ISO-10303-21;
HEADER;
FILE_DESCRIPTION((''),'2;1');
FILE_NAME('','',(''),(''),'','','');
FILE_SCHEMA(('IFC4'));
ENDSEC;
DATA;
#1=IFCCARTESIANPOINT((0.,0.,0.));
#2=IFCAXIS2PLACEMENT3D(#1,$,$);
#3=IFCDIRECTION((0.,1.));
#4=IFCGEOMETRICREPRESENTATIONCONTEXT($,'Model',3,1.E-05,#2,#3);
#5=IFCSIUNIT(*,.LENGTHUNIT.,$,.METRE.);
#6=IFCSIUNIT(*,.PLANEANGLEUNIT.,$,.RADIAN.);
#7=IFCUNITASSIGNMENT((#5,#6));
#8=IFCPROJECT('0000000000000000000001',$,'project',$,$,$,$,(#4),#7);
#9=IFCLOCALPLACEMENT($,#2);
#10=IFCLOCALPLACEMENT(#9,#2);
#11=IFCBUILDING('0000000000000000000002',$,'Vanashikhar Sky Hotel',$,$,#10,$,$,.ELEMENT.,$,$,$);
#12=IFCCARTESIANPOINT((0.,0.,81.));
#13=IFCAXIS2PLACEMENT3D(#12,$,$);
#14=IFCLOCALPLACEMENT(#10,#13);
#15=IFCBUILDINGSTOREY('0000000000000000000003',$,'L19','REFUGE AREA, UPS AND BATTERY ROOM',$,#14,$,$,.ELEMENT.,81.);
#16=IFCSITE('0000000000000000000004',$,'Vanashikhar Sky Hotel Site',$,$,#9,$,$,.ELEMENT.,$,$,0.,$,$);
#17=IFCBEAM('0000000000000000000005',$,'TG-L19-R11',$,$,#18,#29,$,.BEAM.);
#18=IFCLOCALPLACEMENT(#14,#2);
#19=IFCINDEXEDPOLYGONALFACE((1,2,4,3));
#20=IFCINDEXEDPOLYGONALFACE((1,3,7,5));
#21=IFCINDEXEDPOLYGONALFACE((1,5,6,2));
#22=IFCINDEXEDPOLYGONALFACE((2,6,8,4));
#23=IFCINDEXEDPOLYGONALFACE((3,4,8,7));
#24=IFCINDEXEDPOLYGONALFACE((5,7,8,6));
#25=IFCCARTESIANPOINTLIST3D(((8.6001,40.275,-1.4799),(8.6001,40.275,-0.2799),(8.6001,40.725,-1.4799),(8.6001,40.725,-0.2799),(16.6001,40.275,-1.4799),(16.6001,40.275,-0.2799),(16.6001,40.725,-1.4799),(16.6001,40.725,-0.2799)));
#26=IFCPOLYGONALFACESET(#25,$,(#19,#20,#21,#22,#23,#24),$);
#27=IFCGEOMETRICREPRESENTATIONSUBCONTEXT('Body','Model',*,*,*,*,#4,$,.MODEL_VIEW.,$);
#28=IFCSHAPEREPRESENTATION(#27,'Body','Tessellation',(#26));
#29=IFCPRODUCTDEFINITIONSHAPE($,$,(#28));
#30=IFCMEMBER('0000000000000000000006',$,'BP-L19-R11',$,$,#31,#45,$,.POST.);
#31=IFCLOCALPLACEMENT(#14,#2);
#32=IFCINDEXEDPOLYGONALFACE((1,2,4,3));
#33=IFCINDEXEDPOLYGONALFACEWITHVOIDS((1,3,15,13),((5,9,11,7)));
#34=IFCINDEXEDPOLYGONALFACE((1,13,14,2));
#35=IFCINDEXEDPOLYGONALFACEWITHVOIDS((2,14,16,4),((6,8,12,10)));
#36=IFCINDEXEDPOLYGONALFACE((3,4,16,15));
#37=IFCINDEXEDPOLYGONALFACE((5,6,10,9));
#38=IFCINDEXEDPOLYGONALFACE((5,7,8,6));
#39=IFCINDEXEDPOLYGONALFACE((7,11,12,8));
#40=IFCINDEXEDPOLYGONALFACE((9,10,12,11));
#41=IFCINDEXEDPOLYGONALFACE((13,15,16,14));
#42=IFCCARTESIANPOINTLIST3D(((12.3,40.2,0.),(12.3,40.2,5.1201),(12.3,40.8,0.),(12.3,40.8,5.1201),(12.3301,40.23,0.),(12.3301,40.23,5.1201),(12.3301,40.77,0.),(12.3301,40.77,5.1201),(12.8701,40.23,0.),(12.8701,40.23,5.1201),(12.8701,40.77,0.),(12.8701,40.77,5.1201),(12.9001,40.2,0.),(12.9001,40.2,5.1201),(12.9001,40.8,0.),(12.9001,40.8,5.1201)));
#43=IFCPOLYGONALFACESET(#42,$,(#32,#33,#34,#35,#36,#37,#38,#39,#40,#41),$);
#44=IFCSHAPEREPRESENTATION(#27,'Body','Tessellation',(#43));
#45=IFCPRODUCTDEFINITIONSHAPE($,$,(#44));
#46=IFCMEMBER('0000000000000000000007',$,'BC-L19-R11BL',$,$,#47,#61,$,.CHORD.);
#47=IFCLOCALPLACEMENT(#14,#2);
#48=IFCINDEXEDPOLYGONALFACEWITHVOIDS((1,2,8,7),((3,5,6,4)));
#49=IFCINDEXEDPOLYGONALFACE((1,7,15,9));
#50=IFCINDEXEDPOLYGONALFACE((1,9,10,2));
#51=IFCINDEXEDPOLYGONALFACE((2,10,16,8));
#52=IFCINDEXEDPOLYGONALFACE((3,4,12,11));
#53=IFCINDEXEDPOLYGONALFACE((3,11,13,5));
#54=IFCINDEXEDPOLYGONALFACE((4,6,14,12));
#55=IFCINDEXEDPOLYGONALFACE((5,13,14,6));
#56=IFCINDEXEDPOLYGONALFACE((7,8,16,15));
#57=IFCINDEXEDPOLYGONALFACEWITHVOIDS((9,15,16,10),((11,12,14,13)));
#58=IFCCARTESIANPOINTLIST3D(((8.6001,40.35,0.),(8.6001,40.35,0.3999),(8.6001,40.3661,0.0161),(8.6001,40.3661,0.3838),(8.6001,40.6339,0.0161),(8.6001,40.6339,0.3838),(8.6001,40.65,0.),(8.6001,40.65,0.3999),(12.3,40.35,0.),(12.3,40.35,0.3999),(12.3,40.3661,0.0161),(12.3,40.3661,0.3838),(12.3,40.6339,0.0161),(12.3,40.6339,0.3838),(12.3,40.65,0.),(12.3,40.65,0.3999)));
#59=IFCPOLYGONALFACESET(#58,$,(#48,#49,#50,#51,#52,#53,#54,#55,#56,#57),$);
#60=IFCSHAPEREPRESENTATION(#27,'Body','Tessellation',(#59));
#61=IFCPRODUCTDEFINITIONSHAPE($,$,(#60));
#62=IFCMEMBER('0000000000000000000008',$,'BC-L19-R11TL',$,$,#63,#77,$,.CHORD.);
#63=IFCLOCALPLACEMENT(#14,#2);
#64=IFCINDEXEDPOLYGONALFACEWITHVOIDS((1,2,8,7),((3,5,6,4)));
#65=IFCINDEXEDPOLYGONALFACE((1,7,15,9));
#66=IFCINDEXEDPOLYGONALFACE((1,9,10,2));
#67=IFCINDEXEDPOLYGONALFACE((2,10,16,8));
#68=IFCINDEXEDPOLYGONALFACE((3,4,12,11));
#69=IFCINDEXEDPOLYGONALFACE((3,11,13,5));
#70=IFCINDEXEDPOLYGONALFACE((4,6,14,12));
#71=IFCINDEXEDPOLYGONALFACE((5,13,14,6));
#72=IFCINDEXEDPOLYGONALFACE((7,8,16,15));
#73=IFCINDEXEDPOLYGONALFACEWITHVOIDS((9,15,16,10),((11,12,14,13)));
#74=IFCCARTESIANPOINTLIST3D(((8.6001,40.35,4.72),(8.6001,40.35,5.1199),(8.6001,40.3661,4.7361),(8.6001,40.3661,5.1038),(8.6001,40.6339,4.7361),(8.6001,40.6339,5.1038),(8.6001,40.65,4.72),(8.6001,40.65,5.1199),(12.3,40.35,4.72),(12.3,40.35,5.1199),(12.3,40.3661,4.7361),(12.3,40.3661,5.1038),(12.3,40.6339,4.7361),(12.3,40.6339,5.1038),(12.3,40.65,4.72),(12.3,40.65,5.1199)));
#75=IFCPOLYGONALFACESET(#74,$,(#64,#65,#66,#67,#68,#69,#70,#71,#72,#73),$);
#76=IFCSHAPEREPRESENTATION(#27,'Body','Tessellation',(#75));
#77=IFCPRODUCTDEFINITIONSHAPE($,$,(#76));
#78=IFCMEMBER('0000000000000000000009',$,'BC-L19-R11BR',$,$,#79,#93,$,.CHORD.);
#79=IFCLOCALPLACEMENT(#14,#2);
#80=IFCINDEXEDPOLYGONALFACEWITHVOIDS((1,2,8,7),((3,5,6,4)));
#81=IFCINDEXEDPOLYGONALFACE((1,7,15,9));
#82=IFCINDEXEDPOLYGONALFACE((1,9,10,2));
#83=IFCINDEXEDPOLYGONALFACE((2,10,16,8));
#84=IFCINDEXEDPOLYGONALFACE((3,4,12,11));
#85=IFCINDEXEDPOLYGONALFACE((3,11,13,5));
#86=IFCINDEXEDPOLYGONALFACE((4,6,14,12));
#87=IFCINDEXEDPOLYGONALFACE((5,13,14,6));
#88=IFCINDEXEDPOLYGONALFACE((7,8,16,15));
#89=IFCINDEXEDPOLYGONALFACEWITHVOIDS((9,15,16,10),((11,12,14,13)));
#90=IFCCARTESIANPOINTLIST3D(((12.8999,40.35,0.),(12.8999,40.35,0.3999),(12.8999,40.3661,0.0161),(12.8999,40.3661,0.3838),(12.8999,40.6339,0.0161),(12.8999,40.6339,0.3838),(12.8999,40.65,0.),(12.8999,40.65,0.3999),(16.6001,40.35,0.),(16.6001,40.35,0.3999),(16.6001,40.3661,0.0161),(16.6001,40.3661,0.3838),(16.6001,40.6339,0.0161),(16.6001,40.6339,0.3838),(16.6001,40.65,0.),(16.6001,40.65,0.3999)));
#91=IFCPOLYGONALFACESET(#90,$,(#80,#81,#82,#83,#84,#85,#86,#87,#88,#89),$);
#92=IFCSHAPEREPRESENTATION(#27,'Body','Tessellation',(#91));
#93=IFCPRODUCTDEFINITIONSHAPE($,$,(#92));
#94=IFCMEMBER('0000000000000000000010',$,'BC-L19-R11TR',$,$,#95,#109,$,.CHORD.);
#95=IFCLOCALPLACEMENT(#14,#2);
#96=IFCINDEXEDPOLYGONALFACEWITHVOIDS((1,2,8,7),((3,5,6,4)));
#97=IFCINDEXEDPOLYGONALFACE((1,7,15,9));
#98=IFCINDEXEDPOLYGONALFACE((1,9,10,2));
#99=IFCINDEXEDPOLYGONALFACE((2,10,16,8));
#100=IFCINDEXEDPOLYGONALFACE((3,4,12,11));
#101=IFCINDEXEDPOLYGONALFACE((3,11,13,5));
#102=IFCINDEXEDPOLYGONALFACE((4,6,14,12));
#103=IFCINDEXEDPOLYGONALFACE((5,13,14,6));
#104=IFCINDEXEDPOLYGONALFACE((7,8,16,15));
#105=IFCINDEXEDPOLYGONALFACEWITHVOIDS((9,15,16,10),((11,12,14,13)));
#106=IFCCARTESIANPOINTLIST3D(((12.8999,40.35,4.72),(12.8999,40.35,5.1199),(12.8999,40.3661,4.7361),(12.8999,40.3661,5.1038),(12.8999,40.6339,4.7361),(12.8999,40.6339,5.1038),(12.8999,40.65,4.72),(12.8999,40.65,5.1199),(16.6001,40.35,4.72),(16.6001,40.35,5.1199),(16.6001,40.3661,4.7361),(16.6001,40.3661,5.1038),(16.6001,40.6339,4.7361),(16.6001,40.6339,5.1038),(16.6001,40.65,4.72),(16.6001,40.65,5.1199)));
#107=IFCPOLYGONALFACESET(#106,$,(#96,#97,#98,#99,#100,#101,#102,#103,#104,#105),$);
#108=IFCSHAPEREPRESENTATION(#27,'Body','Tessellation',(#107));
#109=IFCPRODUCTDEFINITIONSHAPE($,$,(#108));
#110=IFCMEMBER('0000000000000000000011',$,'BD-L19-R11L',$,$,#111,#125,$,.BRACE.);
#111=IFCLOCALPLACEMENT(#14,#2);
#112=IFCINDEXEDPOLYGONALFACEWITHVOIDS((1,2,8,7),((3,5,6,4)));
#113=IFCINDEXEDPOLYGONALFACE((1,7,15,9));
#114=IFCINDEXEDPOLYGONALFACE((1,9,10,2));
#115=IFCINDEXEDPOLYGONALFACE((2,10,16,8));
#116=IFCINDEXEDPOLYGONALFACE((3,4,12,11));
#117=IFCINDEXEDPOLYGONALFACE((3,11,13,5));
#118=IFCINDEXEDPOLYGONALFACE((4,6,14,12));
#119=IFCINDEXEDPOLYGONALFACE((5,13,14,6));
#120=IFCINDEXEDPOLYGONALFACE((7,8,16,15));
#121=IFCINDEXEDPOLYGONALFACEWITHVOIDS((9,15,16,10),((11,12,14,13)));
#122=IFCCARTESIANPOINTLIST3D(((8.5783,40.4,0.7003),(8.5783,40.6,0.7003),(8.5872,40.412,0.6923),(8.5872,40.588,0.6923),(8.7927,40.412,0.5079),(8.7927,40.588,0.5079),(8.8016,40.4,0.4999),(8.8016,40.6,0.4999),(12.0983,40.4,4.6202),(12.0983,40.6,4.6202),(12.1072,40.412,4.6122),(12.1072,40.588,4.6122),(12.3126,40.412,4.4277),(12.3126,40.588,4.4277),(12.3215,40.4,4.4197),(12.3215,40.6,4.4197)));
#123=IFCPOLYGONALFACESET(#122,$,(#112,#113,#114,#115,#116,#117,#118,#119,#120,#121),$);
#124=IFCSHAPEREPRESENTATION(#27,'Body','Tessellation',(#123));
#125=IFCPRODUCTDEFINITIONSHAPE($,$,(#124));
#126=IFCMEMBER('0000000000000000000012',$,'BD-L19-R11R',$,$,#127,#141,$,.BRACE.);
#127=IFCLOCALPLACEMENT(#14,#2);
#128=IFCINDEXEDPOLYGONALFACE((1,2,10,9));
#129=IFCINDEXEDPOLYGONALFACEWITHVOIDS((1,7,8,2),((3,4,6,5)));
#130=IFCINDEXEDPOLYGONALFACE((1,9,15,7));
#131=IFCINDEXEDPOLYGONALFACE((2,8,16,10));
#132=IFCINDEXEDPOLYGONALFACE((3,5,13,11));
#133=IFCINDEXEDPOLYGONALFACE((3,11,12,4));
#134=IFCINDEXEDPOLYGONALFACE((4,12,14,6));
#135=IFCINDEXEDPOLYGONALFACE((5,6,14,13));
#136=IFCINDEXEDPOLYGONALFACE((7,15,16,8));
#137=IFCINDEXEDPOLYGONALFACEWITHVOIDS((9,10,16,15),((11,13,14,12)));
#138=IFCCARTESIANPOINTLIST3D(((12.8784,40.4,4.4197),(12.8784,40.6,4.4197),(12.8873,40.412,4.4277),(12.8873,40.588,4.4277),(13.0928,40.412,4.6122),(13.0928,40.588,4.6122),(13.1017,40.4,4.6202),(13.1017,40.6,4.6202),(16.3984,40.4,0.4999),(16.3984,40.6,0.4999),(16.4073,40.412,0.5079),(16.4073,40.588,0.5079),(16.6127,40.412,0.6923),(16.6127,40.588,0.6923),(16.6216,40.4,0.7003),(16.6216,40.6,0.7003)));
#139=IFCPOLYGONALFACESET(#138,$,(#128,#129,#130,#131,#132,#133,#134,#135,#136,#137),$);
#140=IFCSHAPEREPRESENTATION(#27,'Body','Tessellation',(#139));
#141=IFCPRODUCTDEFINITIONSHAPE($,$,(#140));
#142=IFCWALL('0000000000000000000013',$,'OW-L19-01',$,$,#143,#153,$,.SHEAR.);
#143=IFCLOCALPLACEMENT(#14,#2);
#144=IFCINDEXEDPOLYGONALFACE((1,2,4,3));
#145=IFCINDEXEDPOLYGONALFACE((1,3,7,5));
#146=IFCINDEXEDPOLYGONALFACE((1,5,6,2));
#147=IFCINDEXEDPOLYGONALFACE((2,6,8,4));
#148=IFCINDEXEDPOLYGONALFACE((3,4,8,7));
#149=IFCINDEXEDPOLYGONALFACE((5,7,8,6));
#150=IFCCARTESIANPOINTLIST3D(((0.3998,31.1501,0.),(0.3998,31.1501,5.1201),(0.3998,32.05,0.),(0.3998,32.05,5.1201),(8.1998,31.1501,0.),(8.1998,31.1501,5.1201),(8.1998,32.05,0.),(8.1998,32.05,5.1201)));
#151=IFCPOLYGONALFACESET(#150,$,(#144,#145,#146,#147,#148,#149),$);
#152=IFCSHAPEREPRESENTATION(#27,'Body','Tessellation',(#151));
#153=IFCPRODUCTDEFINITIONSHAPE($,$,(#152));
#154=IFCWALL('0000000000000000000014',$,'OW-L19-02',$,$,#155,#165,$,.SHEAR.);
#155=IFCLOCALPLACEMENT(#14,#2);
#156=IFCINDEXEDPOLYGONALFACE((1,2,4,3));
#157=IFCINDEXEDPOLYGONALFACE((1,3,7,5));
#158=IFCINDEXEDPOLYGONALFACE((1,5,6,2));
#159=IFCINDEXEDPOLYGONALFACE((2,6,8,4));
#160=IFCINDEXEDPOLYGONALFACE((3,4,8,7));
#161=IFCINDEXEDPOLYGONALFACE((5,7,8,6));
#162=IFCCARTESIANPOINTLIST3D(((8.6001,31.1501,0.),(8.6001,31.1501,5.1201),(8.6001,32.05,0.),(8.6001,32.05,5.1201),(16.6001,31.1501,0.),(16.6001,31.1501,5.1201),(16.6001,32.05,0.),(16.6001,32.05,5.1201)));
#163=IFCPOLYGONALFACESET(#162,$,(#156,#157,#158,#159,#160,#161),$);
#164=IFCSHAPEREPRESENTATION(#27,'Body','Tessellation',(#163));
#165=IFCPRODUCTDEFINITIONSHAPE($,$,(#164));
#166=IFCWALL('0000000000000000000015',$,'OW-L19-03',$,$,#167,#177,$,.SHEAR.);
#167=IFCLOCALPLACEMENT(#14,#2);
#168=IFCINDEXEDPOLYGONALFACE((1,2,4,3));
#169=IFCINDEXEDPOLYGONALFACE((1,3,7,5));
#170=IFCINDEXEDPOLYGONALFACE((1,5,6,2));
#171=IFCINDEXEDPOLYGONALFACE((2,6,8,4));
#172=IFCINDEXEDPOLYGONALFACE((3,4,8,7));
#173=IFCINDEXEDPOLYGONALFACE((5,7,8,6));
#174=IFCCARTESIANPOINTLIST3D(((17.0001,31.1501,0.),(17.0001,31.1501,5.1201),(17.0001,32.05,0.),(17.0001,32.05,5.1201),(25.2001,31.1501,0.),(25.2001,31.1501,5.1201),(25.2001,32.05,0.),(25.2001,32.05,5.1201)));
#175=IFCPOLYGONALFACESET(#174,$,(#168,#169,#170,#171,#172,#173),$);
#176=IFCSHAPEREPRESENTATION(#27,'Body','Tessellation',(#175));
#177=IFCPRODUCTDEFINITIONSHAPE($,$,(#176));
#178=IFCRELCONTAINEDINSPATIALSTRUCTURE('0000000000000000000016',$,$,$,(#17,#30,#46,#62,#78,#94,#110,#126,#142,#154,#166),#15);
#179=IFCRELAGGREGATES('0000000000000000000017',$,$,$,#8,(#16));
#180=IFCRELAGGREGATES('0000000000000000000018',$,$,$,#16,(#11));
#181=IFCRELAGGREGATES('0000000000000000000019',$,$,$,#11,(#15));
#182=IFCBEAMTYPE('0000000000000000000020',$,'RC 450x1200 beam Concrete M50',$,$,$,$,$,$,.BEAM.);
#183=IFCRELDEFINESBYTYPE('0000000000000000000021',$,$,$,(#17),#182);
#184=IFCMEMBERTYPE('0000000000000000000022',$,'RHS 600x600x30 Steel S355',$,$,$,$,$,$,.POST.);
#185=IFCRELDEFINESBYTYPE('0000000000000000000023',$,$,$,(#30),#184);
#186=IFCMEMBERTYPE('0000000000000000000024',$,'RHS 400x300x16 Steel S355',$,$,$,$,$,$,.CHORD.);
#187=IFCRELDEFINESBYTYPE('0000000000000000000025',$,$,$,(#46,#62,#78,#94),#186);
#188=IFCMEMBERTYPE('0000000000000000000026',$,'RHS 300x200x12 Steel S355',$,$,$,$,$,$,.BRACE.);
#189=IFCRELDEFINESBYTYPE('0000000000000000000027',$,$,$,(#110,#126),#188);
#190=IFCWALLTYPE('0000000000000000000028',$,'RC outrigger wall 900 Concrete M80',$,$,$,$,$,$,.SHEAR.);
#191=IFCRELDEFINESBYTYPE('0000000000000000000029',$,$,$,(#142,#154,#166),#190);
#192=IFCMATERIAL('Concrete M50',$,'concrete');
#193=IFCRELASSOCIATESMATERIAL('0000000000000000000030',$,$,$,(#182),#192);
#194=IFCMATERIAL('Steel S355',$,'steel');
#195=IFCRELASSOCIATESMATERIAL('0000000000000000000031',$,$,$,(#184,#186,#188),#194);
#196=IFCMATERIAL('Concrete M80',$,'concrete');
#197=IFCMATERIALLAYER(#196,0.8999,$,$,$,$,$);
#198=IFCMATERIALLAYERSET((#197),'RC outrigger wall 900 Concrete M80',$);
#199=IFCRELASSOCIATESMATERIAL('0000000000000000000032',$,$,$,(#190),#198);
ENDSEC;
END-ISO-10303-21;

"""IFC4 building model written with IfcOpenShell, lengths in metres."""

from ifc_helpers import new_model, si_unit, direction, frame, frame_2d, origin, origin_2d, place, context, subcontext, project, spatial, rectangle, hollow_rectangle, extrude, source, transform, mapped, material, layer, layer_set, material_profile, profile_set, type_object, element, save


model = new_model("IFC4")

# Units and contexts
model_context = context("Model", 3, precision=1e-05, world=origin(), true_north=direction((0.0, 1.0)))
body_context = subcontext(model_context, "Body", "Model", "MODEL_VIEW")
ifc_project = project(units=[si_unit("LENGTHUNIT", "METRE"), si_unit("PLANEANGLEUNIT", "RADIAN")], contexts=[model_context])

# Site, building, storey
site_placement = place(None, origin())
site = spatial("IfcSite", under=ifc_project, at=site_placement, Name="Vanashikhar Sky Hotel Site", CompositionType="ELEMENT", RefElevation=0.0)
building_placement = place(site_placement, origin())
building = spatial("IfcBuilding", under=site, at=building_placement, Name="Vanashikhar Sky Hotel", CompositionType="ELEMENT")
storey_placement = place(building_placement, frame((0.0, 0.0, 81.0)))
storey = spatial("IfcBuildingStorey", under=building, at=storey_placement, Name="L19", Description="REFUGE AREA, UPS AND BATTERY ROOM", CompositionType="ELEMENT", Elevation=81.0)

# Beam
ifc_material_1 = material(Name="Concrete M50", Category="concrete")
ifc_material_profile_1 = material_profile(ifc_material_1, rectangle(XDim=0.45, YDim=1.2, at=origin_2d()))
ifc_profile_set_1 = profile_set([ifc_material_profile_1], Name="RC 450x1200 beam Concrete M50")
beam_type = type_object("IfcBeamType", Name="RC 450x1200 beam Concrete M50", PredefinedType="BEAM", material=ifc_profile_set_1)
shared_shape_1 = source(origin(), body_context, "Body", "SweptSolid", [
    extrude(rectangle(XDim=0.45, YDim=1.2, at=origin_2d()), origin(), (0.0, 0.0, 1.0), 8.0),
])
beam_placement = place(storey_placement, frame((8.6001, 40.5, -0.8799), z_axis=(1.0, 0.0, 0.0), x_axis=(0.0, 1.0, 0.0)))
element("IfcBeam", 1, at=beam_placement, inside=storey, type_object=beam_type, Name="TG-L19-R11", PredefinedType="BEAM", context=body_context, shape_type="MappedRepresentation", body=[
    mapped(shared_shape_1, transform((0.0, 0.0, 0.0), scale=1.0)),
])

# Members
ifc_material_2 = material(Name="Steel S355", Category="steel")
ifc_material_profile_2 = material_profile(ifc_material_2, hollow_rectangle(XDim=0.6001, YDim=0.6001, WallThickness=0.03, at=origin_2d()))
ifc_profile_set_2 = profile_set([ifc_material_profile_2], Name="RHS 600x600x30 Steel S355")
member_type_1 = type_object("IfcMemberType", Name="RHS 600x600x30 Steel S355", PredefinedType="POST", material=ifc_profile_set_2)
shared_shape_2 = source(origin(), body_context, "Body", "SweptSolid", [
    extrude(hollow_rectangle(XDim=0.6001, YDim=0.6001, WallThickness=0.03, at=origin_2d()), origin(), (0.0, 0.0, 1.0), 5.1201),
])
member_placement = place(storey_placement, frame((12.6001, 40.5, 0.0), z_axis=(0.0, 0.0, 1.0), x_axis=(1.0, 0.0, 0.0)))
element("IfcMember", 2, at=member_placement, inside=storey, type_object=member_type_1, Name="BP-L19-R11", PredefinedType="POST", context=body_context, shape_type="MappedRepresentation", body=[
    mapped(shared_shape_2, transform((0.0, 0.0, 0.0), scale=1.0)),
])
ifc_material_profile_3 = material_profile(ifc_material_2, hollow_rectangle(XDim=0.3, YDim=0.3999, WallThickness=0.0161, at=origin_2d()))
ifc_profile_set_3 = profile_set([ifc_material_profile_3], Name="RHS 400x300x16 Steel S355")
member_type_2 = type_object("IfcMemberType", Name="RHS 400x300x16 Steel S355", PredefinedType="CHORD", material=ifc_profile_set_3)
shared_shape_3 = source(origin(), body_context, "Body", "SweptSolid", [
    extrude(hollow_rectangle(XDim=0.3, YDim=0.3999, WallThickness=0.0161, at=origin_2d()), origin(), (0.0, 0.0, 1.0), 3.7),
])
for number, where, z_axis, x_axis, name in (
    (3, (8.6001, 40.5, 0.2), (1.0, 0.0, 0.0), (0.0, 1.0, 0.0), "BC-L19-R11BL"),
    (4, (8.6001, 40.5, 4.9199), (1.0, 0.0, 0.0), (0.0, 1.0, 0.0), "BC-L19-R11TL"),
):
    element("IfcMember", number, at=place(storey_placement, frame(where, z_axis=z_axis, x_axis=x_axis)), inside=storey, type_object=member_type_2, Name=name, PredefinedType="CHORD", context=body_context, shape_type="MappedRepresentation", body=[
        mapped(shared_shape_3, transform((0.0, 0.0, 0.0), scale=1.0)),
    ])
shared_shape_4 = source(origin(), body_context, "Body", "SweptSolid", [
    extrude(hollow_rectangle(XDim=0.3, YDim=0.3999, WallThickness=0.0161, at=origin_2d()), origin(), (0.0, 0.0, 1.0), 3.7002),
])
for number, where, z_axis, x_axis, name in (
    (5, (12.8999, 40.5, 0.2), (1.0, 0.0, 0.0), (0.0, 1.0, 0.0), "BC-L19-R11BR"),
    (6, (12.8999, 40.5, 4.9199), (1.0, 0.0, 0.0), (0.0, 1.0, 0.0), "BC-L19-R11TR"),
):
    element("IfcMember", number, at=place(storey_placement, frame(where, z_axis=z_axis, x_axis=x_axis)), inside=storey, type_object=member_type_2, Name=name, PredefinedType="CHORD", context=body_context, shape_type="MappedRepresentation", body=[
        mapped(shared_shape_4, transform((0.0, 0.0, 0.0), scale=1.0)),
    ])
ifc_material_profile_4 = material_profile(ifc_material_2, hollow_rectangle(XDim=0.2, YDim=0.3, WallThickness=0.012, at=origin_2d()))
ifc_profile_set_4 = profile_set([ifc_material_profile_4], Name="RHS 300x200x12 Steel S355")
member_type_3 = type_object("IfcMemberType", Name="RHS 300x200x12 Steel S355", PredefinedType="BRACE", material=ifc_profile_set_4)
shared_shape_5 = source(origin(), body_context, "Body", "SweptSolid", [
    extrude(hollow_rectangle(XDim=0.2, YDim=0.3, WallThickness=0.012, at=origin_2d()), origin(), (0.0, 0.0, 1.0), 5.2683),
])
for number, where, z_axis, x_axis, name in (
    (7, (8.6899, 40.5, 0.6001), (0.668135, 0.0, 0.74404), (0.0, 1.0, 0.0), "BD-L19-R11L"),
    (8, (16.51, 40.5, 0.6001), (-0.668135, 0.0, 0.74404), (0.0, -1.0, 0.0), "BD-L19-R11R"),
):
    element("IfcMember", number, at=place(storey_placement, frame(where, z_axis=z_axis, x_axis=x_axis)), inside=storey, type_object=member_type_3, Name=name, PredefinedType="BRACE", context=body_context, shape_type="MappedRepresentation", body=[
        mapped(shared_shape_5, transform((0.0, 0.0, 0.0), scale=1.0)),
    ])

# Walls
ifc_material_3 = material(Name="Concrete M80", Category="concrete")
ifc_layer_1 = layer(ifc_material_3, 0.8999)
ifc_layer_set_1 = layer_set([ifc_layer_1], Name="RC outrigger wall 900 Concrete M80")
wall_type = type_object("IfcWallType", Name="RC outrigger wall 900 Concrete M80", PredefinedType="SHEAR", material=ifc_layer_set_1)
shared_shape_6 = source(origin(), body_context, "Body", "SweptSolid", [
    extrude(rectangle(XDim=7.8, YDim=0.8999, at=frame_2d((3.8999, 0.0))), origin(), (0.0, 0.0, 1.0), 5.1201),
])
wall_1_placement = place(storey_placement, frame((0.3999, 31.6001, 0.0), z_axis=(0.0, 0.0, 1.0), x_axis=(1.0, 0.0, 0.0)))
element("IfcWall", 9, at=wall_1_placement, inside=storey, type_object=wall_type, Name="OW-L19-01", PredefinedType="SHEAR", context=body_context, shape_type="MappedRepresentation", body=[
    mapped(shared_shape_6, transform((0.0, 0.0, 0.0), scale=1.0)),
])
shared_shape_7 = source(origin(), body_context, "Body", "SweptSolid", [
    extrude(rectangle(XDim=8.0, YDim=0.8999, at=frame_2d((4.0, 0.0))), origin(), (0.0, 0.0, 1.0), 5.1201),
])
wall_2_placement = place(storey_placement, frame((8.6001, 31.6001, 0.0), z_axis=(0.0, 0.0, 1.0), x_axis=(1.0, 0.0, 0.0)))
element("IfcWall", 10, at=wall_2_placement, inside=storey, type_object=wall_type, Name="OW-L19-02", PredefinedType="SHEAR", context=body_context, shape_type="MappedRepresentation", body=[
    mapped(shared_shape_7, transform((0.0, 0.0, 0.0), scale=1.0)),
])
shared_shape_8 = source(origin(), body_context, "Body", "SweptSolid", [
    extrude(rectangle(XDim=8.2, YDim=0.8999, at=frame_2d((4.1001, 0.0))), origin(), (0.0, 0.0, 1.0), 5.1201),
])
wall_3_placement = place(storey_placement, frame((17.0, 31.6001, 0.0), z_axis=(0.0, 0.0, 1.0), x_axis=(1.0, 0.0, 0.0)))
element("IfcWall", 11, at=wall_3_placement, inside=storey, type_object=wall_type, Name="OW-L19-03", PredefinedType="SHEAR", context=body_context, shape_type="MappedRepresentation", body=[
    mapped(shared_shape_8, transform((0.0, 0.0, 0.0), scale=1.0)),
])

save(model, "model.ifc")
